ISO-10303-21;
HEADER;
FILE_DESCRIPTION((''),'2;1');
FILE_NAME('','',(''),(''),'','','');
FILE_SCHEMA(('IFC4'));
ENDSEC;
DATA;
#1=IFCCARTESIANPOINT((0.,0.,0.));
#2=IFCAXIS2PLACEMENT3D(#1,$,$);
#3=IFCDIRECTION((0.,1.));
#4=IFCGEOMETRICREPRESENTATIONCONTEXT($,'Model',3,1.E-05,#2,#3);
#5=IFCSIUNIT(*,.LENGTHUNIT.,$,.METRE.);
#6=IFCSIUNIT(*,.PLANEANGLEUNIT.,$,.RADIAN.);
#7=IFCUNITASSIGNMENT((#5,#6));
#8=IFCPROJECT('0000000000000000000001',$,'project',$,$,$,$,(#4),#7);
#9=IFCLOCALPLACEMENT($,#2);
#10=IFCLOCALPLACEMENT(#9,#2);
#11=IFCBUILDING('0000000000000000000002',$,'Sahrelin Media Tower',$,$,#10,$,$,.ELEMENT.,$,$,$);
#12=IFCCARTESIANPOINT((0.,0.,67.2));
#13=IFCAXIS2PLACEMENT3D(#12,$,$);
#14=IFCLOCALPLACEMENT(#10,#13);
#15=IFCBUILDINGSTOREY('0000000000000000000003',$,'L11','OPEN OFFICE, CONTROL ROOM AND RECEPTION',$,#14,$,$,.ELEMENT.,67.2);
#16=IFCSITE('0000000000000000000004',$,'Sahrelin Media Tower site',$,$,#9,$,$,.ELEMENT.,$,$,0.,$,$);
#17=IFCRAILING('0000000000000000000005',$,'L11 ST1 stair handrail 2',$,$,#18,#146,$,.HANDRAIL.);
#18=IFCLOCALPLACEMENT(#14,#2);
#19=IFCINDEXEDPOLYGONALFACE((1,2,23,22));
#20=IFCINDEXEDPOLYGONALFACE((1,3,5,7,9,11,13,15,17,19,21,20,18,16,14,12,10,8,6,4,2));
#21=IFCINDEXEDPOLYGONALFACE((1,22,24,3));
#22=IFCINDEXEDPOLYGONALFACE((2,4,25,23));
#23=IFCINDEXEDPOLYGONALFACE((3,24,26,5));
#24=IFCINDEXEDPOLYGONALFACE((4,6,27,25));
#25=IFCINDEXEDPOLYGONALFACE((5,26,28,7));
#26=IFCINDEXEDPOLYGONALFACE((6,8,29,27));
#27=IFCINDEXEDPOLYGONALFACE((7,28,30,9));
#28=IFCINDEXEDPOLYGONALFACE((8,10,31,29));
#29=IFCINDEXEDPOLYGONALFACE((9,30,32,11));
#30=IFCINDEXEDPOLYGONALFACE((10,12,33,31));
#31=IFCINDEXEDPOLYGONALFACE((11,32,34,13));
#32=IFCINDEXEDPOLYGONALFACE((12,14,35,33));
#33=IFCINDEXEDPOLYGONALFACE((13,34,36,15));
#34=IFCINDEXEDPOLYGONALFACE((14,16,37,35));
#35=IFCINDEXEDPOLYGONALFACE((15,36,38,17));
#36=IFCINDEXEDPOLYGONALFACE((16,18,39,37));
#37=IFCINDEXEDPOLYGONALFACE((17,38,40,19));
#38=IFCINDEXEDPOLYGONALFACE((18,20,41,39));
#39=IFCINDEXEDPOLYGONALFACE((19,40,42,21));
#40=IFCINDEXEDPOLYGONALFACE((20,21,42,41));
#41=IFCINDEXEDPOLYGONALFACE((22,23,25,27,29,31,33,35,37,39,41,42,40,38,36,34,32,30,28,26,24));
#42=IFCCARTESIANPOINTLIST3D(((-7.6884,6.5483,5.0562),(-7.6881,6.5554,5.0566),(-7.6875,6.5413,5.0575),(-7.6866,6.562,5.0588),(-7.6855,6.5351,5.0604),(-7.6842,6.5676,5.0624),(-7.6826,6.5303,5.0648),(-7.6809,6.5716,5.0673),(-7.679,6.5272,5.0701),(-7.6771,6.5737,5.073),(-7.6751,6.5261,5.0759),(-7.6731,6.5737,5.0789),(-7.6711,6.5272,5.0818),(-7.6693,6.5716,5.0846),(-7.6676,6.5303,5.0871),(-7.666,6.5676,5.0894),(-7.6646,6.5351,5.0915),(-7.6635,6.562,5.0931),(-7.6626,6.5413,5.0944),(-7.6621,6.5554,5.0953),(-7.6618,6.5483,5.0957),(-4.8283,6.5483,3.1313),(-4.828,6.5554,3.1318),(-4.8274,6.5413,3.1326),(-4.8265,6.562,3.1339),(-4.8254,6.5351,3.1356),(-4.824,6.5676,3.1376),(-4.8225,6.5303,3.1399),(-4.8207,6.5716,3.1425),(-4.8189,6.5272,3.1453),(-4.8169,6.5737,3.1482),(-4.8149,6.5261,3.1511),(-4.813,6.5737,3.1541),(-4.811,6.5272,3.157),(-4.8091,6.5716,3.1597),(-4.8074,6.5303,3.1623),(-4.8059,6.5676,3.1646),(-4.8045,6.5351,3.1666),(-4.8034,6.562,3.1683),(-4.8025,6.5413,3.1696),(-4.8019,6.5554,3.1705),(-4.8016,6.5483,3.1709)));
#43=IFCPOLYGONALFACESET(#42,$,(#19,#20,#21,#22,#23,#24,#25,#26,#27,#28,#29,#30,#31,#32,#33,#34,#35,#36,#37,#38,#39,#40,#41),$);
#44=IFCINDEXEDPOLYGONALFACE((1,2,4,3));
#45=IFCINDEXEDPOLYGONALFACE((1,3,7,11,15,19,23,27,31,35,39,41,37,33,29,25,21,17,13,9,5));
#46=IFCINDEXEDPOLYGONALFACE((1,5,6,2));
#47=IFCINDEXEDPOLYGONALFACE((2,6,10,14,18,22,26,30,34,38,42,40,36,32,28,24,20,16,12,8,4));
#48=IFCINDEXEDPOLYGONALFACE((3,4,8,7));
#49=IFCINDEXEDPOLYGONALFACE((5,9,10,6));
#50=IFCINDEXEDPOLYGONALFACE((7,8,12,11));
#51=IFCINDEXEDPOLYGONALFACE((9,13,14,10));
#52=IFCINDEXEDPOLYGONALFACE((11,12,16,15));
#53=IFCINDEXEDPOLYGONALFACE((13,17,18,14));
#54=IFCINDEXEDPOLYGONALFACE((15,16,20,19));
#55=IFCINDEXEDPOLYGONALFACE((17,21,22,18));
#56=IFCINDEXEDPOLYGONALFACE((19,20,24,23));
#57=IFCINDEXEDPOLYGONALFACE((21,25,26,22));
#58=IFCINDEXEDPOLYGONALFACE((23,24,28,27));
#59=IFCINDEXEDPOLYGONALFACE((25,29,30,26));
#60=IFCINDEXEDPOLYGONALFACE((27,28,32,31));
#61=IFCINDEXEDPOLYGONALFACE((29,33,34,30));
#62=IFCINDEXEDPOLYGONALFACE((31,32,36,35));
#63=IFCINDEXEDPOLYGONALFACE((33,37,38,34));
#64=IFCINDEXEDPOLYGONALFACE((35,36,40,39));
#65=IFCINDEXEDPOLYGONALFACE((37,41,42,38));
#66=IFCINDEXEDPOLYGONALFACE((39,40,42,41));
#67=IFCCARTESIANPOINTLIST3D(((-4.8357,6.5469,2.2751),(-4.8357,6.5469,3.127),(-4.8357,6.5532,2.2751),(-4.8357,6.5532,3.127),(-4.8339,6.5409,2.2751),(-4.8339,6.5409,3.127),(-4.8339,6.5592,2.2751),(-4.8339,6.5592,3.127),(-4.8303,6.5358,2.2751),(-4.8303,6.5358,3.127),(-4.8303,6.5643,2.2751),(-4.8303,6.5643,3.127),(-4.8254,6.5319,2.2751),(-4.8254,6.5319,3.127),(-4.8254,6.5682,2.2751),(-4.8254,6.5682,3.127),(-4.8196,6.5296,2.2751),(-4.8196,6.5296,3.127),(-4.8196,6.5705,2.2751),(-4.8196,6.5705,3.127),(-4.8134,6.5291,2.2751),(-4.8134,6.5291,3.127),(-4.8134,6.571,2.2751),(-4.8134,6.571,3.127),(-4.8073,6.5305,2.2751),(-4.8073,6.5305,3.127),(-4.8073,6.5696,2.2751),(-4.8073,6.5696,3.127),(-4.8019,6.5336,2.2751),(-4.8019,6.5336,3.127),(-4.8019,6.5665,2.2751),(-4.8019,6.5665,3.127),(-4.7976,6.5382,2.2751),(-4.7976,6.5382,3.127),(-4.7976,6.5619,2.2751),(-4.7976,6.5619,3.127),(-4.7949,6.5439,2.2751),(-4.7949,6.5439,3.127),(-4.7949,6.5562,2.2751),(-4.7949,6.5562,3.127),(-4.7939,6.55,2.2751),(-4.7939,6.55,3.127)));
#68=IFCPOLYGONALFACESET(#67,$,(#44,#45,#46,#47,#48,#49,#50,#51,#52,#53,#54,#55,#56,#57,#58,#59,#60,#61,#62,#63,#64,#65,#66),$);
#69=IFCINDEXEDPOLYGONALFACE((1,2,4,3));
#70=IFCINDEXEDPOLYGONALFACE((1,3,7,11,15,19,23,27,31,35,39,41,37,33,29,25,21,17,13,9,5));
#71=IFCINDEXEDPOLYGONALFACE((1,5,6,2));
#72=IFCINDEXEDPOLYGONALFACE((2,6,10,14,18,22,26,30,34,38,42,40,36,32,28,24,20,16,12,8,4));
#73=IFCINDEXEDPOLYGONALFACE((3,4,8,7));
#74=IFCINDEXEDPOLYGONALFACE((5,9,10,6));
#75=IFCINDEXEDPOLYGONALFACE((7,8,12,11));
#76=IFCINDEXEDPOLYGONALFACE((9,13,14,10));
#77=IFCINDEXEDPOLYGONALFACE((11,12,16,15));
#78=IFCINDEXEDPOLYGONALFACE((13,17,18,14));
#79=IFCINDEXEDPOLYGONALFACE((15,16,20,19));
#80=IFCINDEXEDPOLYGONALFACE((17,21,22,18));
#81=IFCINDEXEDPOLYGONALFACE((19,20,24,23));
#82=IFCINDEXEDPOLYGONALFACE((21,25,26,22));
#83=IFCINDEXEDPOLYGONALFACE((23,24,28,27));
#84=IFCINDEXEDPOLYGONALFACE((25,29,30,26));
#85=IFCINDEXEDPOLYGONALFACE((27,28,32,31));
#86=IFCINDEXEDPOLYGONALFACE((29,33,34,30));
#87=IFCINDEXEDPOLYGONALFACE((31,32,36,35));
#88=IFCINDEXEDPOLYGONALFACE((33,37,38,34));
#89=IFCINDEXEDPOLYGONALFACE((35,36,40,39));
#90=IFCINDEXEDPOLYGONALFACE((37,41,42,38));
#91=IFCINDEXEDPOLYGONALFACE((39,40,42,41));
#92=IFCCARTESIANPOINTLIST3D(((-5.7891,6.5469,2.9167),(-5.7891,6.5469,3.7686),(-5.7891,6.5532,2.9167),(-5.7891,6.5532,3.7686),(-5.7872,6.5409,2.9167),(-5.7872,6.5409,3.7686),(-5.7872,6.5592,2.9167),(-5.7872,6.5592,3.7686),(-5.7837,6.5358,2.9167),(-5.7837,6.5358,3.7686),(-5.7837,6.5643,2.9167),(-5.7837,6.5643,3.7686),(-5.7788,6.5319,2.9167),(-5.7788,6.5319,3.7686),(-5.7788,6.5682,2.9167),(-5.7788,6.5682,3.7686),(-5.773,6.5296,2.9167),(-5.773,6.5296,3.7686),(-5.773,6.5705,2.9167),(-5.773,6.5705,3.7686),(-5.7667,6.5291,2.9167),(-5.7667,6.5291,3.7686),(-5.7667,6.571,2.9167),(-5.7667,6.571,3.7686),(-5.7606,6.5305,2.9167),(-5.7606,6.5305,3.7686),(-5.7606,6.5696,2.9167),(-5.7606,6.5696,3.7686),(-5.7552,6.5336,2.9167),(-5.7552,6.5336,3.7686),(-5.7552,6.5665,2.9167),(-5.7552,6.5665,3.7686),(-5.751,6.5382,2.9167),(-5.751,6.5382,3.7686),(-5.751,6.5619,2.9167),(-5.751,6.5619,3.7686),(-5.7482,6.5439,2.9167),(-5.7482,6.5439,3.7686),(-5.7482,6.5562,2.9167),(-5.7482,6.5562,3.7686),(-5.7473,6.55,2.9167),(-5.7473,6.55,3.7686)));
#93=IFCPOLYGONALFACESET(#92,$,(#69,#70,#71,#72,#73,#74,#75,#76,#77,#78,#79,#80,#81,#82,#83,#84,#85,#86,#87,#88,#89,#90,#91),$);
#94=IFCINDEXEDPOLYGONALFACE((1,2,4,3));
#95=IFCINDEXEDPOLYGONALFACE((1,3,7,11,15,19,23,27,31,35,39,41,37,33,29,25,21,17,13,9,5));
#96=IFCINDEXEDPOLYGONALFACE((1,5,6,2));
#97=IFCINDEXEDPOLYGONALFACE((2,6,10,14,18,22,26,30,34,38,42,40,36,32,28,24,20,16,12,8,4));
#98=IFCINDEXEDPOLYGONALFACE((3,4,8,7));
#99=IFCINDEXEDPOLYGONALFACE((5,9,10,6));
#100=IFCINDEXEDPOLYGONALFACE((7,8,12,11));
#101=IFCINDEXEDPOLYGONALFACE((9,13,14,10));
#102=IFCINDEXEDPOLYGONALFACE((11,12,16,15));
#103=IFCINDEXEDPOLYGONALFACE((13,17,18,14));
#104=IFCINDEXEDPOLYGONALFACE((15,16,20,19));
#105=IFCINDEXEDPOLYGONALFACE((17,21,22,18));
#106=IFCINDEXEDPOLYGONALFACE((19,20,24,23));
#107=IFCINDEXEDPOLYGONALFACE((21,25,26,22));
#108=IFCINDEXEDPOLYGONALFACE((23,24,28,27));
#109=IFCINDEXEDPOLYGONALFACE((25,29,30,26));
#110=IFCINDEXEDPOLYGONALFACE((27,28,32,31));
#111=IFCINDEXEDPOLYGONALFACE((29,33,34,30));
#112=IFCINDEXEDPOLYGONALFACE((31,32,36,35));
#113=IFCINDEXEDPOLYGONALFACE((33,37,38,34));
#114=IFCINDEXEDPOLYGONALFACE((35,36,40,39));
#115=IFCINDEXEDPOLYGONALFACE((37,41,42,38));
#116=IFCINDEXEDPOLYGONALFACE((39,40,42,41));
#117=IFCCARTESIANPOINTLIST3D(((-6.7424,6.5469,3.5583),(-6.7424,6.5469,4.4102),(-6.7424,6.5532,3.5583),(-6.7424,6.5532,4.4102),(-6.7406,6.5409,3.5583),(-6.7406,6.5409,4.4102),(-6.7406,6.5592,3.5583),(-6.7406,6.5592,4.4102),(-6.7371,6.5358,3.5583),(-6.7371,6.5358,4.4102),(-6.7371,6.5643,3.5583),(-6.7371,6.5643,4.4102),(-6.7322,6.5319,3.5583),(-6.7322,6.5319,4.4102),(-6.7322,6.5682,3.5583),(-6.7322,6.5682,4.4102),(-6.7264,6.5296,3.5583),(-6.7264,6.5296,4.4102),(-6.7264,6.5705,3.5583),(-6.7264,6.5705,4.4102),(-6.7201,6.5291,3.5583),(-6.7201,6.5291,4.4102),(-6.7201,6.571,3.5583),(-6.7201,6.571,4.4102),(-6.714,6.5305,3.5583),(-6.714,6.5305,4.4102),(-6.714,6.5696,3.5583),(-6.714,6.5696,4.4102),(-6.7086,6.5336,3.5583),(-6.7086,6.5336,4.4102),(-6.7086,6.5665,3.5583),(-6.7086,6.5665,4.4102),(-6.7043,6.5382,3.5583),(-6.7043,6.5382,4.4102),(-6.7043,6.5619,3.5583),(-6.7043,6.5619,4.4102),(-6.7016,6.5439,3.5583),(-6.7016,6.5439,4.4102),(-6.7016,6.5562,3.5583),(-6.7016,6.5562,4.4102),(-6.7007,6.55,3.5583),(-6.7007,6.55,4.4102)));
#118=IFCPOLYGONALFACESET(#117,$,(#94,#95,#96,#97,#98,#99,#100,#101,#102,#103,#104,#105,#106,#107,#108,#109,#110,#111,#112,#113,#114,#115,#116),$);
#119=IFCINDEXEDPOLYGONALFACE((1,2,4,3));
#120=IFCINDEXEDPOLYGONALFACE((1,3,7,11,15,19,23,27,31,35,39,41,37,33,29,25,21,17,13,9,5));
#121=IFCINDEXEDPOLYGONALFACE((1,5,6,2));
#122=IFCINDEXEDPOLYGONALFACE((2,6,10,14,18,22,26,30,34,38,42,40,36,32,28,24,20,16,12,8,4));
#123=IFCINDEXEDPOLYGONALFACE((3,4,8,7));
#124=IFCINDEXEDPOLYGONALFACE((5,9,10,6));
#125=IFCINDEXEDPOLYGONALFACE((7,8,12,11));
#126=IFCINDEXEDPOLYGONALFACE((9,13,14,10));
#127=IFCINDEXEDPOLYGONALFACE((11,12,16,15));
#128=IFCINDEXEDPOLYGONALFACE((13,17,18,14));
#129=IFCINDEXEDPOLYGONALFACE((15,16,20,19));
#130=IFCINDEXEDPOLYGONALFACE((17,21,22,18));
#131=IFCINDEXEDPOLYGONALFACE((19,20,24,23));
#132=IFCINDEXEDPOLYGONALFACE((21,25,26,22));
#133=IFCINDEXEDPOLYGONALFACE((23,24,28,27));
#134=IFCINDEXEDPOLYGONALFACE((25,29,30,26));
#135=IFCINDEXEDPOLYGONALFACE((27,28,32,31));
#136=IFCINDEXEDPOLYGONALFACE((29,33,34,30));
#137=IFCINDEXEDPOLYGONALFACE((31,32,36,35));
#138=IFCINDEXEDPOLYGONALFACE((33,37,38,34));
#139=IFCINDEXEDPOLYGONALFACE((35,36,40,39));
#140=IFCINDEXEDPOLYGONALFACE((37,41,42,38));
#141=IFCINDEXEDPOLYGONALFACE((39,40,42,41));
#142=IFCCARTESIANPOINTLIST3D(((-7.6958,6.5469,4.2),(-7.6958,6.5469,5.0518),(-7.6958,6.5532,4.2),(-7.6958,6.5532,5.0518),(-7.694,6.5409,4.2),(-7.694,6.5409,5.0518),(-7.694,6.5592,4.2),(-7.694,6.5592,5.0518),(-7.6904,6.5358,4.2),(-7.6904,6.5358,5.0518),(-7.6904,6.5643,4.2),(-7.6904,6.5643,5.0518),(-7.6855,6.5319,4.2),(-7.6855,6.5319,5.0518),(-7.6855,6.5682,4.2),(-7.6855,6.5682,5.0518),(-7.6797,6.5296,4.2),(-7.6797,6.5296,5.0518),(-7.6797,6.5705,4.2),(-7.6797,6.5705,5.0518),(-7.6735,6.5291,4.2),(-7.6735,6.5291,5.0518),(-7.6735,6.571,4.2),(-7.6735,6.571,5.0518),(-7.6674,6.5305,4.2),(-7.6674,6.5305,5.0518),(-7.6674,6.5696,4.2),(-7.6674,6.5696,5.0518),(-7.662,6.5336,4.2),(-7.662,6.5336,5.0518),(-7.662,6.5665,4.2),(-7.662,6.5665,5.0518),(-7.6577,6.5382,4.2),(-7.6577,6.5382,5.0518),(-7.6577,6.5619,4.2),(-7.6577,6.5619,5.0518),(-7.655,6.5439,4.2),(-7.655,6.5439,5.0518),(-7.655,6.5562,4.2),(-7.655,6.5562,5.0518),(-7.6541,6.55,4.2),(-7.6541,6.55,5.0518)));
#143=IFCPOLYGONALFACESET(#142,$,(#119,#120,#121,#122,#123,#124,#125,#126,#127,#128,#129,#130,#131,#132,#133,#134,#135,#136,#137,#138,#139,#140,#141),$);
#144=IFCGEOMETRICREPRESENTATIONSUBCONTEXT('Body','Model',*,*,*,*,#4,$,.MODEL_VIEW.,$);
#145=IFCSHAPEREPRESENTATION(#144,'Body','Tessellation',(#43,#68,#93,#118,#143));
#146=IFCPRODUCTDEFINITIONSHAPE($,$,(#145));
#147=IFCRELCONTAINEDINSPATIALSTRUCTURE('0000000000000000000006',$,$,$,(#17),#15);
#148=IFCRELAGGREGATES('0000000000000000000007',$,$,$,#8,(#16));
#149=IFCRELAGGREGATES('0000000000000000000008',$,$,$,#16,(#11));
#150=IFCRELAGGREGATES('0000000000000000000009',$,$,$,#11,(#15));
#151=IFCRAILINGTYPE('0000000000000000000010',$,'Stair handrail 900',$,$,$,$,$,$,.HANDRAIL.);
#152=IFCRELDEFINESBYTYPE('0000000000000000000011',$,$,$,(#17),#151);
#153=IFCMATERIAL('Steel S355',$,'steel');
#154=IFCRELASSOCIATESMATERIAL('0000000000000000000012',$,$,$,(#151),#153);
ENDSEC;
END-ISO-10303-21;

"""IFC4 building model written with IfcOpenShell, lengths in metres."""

from ifc_helpers import new_model, si_unit, direction, frame, origin, origin_2d, place, context, subcontext, project, spatial, circle, extrude, material, type_object, element, save


model = new_model("IFC4")

# Units and contexts
model_context = context("Model", 3, precision=1e-05, world=origin(), true_north=direction((0.0, 1.0)))
body_context = subcontext(model_context, "Body", "Model", "MODEL_VIEW")
ifc_project = project(units=[si_unit("LENGTHUNIT", "METRE"), si_unit("PLANEANGLEUNIT", "RADIAN")], contexts=[model_context])

# Site, building, storey
site_placement = place(None, origin())
site = spatial("IfcSite", under=ifc_project, at=site_placement, Name="Sahrelin Media Tower site", CompositionType="ELEMENT", RefElevation=0.0)
building_placement = place(site_placement, origin())
building = spatial("IfcBuilding", under=site, at=building_placement, Name="Sahrelin Media Tower", CompositionType="ELEMENT")
storey_placement = place(building_placement, frame((0.0, 0.0, 67.2)))
storey = spatial("IfcBuildingStorey", under=building, at=storey_placement, Name="L11", Description="OPEN OFFICE, CONTROL ROOM AND RECEPTION", CompositionType="ELEMENT", Elevation=67.2)

# Shared definitions
ifc_material_1 = material(Name="Steel S355", Category="steel")

# Railing
railing_type_1 = type_object("IfcRailingType", Name="Stair handrail 900", PredefinedType="HANDRAIL", material=ifc_material_1)
railing_1_placement = place(storey_placement, frame((-4.8149, 6.55, 2.2751)))
element("IfcRailing", 1, at=railing_1_placement, inside=storey, type_object=railing_type_1, Name="L11 ST1 stair handrail 2", PredefinedType="HANDRAIL", context=body_context, shape_type="SweptSolid", body=[
    extrude(circle(Radius=0.0239, at=origin_2d()), frame((0.0, 0.0, 0.876), z_axis=(-0.829624, 0.0, 0.558323), x_axis=(0.0, -1.0, 0.0)), (0.0, 0.0, 1.0), 3.4475),
    extrude(circle(Radius=0.021, at=origin_2d()), origin(), (0.0, 0.0, 1.0), 0.8518),
    extrude(circle(Radius=0.021, at=origin_2d()), frame((-0.9534, 0.0, 0.6416)), (0.0, 0.0, 1.0), 0.8518),
    extrude(circle(Radius=0.021, at=origin_2d()), frame((-1.9067, 0.0, 1.2832)), (0.0, 0.0, 1.0), 0.8518),
    extrude(circle(Radius=0.021, at=origin_2d()), frame((-2.8601, 0.0, 1.9248)), (0.0, 0.0, 1.0), 0.8518),
])

save(model, "model.ifc")
